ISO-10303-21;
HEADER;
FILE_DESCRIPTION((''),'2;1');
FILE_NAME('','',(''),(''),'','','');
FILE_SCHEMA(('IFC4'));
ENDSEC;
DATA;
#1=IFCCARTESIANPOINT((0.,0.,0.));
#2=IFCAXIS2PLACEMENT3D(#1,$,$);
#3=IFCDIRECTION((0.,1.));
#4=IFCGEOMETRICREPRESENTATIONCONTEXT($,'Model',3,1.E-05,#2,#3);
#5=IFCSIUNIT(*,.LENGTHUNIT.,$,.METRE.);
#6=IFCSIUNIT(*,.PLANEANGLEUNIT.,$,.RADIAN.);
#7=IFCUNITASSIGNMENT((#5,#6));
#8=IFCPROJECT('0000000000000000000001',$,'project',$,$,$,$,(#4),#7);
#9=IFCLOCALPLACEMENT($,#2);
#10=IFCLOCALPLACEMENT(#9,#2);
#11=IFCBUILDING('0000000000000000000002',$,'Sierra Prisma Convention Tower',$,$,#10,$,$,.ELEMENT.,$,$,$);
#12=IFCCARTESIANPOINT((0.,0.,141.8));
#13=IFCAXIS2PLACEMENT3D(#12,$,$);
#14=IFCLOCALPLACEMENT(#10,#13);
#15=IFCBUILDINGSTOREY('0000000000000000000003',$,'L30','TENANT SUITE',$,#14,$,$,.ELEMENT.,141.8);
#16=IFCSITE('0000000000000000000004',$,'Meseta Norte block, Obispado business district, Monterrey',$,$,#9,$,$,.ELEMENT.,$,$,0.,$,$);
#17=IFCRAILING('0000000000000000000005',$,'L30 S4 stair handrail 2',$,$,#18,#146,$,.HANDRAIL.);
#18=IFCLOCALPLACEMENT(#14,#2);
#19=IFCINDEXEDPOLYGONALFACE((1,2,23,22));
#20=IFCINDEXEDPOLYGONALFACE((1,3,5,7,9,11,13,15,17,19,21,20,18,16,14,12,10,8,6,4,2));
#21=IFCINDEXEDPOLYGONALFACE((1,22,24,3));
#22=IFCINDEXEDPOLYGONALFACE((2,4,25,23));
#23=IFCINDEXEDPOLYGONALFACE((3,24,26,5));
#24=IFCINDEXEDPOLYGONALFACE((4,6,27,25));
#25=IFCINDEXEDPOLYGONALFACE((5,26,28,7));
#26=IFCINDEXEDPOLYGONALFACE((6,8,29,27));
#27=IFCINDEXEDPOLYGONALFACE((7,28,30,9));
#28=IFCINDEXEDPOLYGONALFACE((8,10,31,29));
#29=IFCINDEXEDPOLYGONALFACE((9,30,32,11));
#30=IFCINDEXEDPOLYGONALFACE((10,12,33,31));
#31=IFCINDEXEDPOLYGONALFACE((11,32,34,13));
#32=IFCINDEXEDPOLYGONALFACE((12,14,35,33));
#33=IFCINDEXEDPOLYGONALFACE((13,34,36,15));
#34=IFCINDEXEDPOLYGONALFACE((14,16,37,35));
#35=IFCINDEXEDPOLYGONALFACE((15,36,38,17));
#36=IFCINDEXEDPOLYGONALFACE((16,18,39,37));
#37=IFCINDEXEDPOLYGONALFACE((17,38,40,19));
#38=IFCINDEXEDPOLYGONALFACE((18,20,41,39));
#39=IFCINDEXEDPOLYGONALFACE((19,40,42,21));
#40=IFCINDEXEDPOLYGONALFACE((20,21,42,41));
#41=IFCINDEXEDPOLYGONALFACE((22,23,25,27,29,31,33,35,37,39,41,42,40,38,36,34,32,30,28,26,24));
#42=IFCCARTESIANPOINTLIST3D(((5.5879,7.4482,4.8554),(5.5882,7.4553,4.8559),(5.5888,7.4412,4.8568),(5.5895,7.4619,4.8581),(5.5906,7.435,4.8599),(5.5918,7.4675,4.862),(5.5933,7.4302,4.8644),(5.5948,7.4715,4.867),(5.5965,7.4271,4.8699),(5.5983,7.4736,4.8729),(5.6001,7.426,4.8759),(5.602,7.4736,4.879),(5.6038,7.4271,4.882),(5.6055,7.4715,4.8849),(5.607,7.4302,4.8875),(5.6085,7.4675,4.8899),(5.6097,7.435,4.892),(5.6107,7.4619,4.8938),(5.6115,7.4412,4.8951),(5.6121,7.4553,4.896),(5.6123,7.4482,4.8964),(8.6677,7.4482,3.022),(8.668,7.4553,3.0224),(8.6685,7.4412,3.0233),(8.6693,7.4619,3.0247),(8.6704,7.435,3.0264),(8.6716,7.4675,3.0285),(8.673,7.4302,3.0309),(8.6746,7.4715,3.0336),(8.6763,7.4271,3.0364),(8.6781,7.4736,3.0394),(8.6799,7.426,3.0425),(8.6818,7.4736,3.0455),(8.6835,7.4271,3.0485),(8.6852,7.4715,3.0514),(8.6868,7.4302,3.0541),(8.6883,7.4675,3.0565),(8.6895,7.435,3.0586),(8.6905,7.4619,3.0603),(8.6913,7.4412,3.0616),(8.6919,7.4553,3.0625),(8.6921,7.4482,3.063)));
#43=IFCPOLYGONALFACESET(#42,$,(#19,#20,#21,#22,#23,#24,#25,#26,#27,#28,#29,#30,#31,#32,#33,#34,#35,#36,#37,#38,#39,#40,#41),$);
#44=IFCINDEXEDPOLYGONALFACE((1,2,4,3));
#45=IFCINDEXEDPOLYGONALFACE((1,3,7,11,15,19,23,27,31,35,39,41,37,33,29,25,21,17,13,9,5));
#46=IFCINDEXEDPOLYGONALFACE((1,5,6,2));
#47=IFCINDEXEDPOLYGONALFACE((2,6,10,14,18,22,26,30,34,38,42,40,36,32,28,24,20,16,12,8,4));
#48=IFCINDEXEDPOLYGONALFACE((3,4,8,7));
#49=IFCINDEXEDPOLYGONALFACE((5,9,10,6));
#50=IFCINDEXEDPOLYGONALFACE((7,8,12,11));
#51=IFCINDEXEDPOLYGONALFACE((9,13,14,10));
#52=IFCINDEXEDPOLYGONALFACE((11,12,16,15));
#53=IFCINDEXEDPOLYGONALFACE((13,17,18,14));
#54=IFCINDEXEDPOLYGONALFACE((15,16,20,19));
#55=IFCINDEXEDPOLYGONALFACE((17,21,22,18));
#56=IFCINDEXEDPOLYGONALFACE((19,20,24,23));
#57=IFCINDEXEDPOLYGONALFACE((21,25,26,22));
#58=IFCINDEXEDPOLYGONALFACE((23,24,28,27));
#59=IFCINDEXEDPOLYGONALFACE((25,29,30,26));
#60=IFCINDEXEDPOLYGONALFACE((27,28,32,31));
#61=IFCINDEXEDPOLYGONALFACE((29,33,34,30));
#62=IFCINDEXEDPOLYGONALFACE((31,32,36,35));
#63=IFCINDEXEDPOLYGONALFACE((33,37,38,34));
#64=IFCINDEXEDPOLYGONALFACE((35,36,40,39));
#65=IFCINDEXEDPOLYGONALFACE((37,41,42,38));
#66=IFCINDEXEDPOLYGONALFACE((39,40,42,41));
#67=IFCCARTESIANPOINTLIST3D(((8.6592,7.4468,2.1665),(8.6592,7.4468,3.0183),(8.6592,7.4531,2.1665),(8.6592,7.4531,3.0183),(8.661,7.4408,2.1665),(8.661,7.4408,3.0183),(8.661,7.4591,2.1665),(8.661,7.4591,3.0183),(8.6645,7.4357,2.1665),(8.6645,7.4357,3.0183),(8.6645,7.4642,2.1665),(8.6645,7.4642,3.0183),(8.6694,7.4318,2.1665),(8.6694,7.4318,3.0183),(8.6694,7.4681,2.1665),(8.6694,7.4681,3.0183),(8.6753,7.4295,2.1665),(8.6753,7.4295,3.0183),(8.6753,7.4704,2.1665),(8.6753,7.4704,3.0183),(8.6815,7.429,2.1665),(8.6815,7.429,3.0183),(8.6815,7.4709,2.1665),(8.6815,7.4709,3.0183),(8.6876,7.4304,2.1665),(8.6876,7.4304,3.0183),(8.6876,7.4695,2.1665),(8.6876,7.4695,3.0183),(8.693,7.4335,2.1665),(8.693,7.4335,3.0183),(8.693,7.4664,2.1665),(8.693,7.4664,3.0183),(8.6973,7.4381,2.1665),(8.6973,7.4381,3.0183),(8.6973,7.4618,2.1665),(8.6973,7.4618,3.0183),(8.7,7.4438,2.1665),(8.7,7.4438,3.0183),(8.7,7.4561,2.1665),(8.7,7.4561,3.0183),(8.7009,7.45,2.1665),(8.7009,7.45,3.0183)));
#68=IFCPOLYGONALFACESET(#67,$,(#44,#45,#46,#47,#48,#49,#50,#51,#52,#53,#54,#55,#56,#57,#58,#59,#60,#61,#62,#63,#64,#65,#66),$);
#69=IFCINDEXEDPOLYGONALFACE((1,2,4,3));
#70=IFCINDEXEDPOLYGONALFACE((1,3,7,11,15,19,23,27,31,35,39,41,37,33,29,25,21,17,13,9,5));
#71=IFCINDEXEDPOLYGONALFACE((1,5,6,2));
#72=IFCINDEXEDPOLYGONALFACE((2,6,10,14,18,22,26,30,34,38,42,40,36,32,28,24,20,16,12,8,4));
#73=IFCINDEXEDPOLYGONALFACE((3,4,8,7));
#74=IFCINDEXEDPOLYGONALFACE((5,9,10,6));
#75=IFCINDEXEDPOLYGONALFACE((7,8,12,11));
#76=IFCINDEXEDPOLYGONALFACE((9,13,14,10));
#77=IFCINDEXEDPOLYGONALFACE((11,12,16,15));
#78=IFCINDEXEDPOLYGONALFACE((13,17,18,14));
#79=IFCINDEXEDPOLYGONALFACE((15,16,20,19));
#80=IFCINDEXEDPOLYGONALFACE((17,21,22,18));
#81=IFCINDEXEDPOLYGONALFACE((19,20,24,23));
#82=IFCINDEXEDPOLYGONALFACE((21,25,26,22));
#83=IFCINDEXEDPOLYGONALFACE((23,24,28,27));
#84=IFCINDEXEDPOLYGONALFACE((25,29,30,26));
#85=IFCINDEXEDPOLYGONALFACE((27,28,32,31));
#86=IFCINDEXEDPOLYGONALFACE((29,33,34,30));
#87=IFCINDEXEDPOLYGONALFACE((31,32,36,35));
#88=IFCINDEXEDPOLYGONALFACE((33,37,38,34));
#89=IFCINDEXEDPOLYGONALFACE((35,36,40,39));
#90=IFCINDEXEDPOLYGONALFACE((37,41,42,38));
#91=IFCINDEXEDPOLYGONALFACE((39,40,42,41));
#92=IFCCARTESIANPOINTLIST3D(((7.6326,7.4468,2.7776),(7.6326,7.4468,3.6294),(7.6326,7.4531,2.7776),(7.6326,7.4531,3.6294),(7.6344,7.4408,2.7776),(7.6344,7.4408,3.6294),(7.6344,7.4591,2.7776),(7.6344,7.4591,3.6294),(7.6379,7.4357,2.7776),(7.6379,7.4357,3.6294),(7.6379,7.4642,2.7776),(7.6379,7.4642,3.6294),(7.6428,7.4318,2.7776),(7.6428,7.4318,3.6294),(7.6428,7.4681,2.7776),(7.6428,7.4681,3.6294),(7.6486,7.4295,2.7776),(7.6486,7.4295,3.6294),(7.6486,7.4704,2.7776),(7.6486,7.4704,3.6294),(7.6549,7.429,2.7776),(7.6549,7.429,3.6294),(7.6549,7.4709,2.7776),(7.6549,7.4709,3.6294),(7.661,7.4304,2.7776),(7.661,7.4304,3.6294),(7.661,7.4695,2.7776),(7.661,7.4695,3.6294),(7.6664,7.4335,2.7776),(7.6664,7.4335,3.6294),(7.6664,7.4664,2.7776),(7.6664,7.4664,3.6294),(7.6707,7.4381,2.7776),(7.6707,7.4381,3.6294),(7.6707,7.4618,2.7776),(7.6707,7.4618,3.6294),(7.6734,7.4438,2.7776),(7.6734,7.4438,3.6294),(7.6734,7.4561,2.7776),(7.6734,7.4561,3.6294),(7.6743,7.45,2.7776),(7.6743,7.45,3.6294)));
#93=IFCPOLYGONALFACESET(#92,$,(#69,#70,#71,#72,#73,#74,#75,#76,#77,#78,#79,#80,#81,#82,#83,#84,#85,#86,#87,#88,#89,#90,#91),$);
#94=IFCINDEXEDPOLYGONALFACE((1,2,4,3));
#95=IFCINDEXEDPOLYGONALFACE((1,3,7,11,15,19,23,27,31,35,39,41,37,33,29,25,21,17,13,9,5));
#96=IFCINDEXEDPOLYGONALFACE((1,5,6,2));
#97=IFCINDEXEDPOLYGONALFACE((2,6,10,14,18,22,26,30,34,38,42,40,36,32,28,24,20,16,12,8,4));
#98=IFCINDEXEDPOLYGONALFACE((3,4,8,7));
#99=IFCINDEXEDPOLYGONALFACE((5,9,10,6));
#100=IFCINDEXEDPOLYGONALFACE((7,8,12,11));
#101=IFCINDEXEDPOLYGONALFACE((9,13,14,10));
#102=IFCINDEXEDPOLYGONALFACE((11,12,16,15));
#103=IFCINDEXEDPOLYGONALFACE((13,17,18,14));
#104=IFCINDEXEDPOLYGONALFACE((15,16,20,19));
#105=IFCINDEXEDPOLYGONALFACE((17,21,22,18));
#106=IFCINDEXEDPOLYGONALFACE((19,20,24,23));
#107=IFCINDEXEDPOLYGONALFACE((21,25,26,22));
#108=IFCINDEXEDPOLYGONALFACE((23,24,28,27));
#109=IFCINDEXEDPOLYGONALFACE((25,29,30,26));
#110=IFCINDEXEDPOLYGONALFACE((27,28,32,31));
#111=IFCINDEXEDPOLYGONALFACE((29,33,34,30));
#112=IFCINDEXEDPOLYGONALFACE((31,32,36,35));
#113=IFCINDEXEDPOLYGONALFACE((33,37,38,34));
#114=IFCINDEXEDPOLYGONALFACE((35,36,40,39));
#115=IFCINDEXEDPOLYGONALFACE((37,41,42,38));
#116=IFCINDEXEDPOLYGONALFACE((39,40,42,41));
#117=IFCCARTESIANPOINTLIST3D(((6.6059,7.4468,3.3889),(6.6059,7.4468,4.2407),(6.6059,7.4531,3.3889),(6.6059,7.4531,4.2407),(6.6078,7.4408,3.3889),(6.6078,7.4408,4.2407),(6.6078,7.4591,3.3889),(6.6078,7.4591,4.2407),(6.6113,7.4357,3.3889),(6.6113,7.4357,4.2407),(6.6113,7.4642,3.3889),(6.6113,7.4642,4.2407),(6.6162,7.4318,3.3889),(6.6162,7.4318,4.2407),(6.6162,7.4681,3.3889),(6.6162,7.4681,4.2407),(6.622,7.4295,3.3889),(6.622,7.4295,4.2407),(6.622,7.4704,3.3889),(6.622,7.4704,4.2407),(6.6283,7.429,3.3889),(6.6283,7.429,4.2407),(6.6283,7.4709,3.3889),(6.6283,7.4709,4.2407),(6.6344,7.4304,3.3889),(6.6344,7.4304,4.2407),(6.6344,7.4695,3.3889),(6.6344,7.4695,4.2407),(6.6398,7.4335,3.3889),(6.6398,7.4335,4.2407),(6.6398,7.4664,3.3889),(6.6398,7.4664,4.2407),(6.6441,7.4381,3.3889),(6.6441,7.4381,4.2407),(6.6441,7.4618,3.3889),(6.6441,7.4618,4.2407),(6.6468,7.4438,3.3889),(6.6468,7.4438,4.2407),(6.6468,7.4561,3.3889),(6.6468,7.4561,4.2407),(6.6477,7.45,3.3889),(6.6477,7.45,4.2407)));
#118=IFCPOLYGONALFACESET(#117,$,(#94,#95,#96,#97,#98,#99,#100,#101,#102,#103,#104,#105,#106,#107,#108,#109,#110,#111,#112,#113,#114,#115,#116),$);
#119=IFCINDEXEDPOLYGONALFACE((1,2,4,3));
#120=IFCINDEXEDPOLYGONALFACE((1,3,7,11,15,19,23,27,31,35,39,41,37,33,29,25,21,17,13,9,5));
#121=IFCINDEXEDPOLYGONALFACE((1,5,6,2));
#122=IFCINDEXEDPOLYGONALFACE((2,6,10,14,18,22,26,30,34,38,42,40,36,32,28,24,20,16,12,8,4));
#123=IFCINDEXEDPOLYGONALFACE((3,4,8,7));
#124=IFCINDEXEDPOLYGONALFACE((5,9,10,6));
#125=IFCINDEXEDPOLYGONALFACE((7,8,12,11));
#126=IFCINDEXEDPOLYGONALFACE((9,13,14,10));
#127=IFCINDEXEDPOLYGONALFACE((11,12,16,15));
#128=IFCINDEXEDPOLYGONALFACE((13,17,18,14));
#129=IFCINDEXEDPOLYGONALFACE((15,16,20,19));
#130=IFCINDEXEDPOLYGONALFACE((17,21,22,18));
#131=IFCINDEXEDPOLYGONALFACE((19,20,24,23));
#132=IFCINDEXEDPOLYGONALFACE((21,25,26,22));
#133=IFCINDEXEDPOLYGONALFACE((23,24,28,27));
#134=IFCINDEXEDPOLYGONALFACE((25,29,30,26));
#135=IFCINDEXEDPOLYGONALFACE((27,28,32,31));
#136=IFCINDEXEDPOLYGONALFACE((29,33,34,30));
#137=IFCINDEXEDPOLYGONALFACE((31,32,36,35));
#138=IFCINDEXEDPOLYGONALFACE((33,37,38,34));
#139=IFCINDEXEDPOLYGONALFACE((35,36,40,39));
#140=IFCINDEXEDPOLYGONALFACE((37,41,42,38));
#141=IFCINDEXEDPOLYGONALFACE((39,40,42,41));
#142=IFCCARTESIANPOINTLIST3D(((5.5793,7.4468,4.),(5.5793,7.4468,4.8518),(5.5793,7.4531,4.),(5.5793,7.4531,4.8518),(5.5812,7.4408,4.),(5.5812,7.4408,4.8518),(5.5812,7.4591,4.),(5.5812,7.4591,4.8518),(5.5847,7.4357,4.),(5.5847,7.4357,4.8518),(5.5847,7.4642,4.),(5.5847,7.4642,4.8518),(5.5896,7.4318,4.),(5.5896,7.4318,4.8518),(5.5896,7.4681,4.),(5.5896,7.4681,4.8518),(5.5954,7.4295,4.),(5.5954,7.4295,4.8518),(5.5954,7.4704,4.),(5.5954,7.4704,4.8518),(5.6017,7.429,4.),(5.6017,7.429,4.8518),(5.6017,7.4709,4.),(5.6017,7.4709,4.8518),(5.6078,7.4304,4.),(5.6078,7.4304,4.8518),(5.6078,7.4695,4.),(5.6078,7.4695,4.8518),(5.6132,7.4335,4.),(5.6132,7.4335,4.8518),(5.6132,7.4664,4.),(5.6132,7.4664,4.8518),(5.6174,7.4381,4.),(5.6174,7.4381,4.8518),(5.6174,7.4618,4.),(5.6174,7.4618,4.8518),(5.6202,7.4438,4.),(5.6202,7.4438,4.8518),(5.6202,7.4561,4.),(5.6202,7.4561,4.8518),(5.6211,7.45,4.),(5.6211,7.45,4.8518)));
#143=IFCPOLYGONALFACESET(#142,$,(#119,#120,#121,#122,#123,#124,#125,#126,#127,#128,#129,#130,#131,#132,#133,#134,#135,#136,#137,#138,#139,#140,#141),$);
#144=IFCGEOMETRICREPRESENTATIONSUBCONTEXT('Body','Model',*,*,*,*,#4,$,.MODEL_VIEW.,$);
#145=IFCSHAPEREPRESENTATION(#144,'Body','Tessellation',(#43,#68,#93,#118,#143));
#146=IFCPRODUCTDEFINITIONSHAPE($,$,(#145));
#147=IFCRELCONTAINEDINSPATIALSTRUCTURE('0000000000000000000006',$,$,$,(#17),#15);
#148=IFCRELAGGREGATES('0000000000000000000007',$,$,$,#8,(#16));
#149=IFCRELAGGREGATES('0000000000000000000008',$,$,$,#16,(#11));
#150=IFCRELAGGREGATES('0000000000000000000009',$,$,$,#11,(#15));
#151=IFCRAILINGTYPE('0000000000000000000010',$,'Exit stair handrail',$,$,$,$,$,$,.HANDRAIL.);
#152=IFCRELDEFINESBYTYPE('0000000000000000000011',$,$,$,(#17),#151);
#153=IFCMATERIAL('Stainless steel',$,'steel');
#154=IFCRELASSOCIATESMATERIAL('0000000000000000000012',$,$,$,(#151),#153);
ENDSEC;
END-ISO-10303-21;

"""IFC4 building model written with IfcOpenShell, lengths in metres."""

from ifc_helpers import new_model, si_unit, direction, frame, origin, origin_2d, place, context, subcontext, project, spatial, circle, extrude, material, type_object, element, save


model = new_model("IFC4")

# Units and contexts
model_context = context("Model", 3, precision=1e-05, world=origin(), true_north=direction((0.0, 1.0)))
body_context = subcontext(model_context, "Body", "Model", "MODEL_VIEW")
ifc_project = project(units=[si_unit("LENGTHUNIT", "METRE"), si_unit("PLANEANGLEUNIT", "RADIAN")], contexts=[model_context])

# Site, building, storey
site_placement = place(None, origin())
site = spatial("IfcSite", under=ifc_project, at=site_placement, Name="Meseta Norte block, Obispado business district, Monterrey", CompositionType="ELEMENT", RefElevation=0.0)
building_placement = place(site_placement, origin())
building = spatial("IfcBuilding", under=site, at=building_placement, Name="Sierra Prisma Convention Tower", CompositionType="ELEMENT")
storey_placement = place(building_placement, frame((0.0, 0.0, 141.8)))
storey = spatial("IfcBuildingStorey", under=building, at=storey_placement, Name="L30", Description="TENANT SUITE", CompositionType="ELEMENT", Elevation=141.8)

# Railing
ifc_material_1 = material(Name="Stainless steel", Category="steel")
railing_type_1 = type_object("IfcRailingType", Name="Exit stair handrail", PredefinedType="HANDRAIL", material=ifc_material_1)
railing_1_placement = place(storey_placement, frame((8.6799, 7.45, 2.1665)))
element("IfcRailing", 1, at=railing_1_placement, inside=storey, type_object=railing_type_1, Name="L30 S4 stair handrail 2", PredefinedType="HANDRAIL", context=body_context, shape_type="SweptSolid", body=[
    extrude(circle(Radius=0.0239, at=origin_2d()), frame((0.0, 0.0, 0.876), z_axis=(-0.859261, 0.0, 0.511538), x_axis=(0.0, -1.0, 0.0)), (0.0, 0.0, 1.0), 3.5842),
    extrude(circle(Radius=0.021, at=origin_2d()), origin(), (0.0, 0.0, 1.0), 0.8518),
    extrude(circle(Radius=0.021, at=origin_2d()), frame((-1.0266, 0.0, 0.6111)), (0.0, 0.0, 1.0), 0.8518),
    extrude(circle(Radius=0.021, at=origin_2d()), frame((-2.0532, 0.0, 1.2224)), (0.0, 0.0, 1.0), 0.8518),
    extrude(circle(Radius=0.021, at=origin_2d()), frame((-3.0798, 0.0, 1.8335)), (0.0, 0.0, 1.0), 0.8518),
])

save(model, "model.ifc")
